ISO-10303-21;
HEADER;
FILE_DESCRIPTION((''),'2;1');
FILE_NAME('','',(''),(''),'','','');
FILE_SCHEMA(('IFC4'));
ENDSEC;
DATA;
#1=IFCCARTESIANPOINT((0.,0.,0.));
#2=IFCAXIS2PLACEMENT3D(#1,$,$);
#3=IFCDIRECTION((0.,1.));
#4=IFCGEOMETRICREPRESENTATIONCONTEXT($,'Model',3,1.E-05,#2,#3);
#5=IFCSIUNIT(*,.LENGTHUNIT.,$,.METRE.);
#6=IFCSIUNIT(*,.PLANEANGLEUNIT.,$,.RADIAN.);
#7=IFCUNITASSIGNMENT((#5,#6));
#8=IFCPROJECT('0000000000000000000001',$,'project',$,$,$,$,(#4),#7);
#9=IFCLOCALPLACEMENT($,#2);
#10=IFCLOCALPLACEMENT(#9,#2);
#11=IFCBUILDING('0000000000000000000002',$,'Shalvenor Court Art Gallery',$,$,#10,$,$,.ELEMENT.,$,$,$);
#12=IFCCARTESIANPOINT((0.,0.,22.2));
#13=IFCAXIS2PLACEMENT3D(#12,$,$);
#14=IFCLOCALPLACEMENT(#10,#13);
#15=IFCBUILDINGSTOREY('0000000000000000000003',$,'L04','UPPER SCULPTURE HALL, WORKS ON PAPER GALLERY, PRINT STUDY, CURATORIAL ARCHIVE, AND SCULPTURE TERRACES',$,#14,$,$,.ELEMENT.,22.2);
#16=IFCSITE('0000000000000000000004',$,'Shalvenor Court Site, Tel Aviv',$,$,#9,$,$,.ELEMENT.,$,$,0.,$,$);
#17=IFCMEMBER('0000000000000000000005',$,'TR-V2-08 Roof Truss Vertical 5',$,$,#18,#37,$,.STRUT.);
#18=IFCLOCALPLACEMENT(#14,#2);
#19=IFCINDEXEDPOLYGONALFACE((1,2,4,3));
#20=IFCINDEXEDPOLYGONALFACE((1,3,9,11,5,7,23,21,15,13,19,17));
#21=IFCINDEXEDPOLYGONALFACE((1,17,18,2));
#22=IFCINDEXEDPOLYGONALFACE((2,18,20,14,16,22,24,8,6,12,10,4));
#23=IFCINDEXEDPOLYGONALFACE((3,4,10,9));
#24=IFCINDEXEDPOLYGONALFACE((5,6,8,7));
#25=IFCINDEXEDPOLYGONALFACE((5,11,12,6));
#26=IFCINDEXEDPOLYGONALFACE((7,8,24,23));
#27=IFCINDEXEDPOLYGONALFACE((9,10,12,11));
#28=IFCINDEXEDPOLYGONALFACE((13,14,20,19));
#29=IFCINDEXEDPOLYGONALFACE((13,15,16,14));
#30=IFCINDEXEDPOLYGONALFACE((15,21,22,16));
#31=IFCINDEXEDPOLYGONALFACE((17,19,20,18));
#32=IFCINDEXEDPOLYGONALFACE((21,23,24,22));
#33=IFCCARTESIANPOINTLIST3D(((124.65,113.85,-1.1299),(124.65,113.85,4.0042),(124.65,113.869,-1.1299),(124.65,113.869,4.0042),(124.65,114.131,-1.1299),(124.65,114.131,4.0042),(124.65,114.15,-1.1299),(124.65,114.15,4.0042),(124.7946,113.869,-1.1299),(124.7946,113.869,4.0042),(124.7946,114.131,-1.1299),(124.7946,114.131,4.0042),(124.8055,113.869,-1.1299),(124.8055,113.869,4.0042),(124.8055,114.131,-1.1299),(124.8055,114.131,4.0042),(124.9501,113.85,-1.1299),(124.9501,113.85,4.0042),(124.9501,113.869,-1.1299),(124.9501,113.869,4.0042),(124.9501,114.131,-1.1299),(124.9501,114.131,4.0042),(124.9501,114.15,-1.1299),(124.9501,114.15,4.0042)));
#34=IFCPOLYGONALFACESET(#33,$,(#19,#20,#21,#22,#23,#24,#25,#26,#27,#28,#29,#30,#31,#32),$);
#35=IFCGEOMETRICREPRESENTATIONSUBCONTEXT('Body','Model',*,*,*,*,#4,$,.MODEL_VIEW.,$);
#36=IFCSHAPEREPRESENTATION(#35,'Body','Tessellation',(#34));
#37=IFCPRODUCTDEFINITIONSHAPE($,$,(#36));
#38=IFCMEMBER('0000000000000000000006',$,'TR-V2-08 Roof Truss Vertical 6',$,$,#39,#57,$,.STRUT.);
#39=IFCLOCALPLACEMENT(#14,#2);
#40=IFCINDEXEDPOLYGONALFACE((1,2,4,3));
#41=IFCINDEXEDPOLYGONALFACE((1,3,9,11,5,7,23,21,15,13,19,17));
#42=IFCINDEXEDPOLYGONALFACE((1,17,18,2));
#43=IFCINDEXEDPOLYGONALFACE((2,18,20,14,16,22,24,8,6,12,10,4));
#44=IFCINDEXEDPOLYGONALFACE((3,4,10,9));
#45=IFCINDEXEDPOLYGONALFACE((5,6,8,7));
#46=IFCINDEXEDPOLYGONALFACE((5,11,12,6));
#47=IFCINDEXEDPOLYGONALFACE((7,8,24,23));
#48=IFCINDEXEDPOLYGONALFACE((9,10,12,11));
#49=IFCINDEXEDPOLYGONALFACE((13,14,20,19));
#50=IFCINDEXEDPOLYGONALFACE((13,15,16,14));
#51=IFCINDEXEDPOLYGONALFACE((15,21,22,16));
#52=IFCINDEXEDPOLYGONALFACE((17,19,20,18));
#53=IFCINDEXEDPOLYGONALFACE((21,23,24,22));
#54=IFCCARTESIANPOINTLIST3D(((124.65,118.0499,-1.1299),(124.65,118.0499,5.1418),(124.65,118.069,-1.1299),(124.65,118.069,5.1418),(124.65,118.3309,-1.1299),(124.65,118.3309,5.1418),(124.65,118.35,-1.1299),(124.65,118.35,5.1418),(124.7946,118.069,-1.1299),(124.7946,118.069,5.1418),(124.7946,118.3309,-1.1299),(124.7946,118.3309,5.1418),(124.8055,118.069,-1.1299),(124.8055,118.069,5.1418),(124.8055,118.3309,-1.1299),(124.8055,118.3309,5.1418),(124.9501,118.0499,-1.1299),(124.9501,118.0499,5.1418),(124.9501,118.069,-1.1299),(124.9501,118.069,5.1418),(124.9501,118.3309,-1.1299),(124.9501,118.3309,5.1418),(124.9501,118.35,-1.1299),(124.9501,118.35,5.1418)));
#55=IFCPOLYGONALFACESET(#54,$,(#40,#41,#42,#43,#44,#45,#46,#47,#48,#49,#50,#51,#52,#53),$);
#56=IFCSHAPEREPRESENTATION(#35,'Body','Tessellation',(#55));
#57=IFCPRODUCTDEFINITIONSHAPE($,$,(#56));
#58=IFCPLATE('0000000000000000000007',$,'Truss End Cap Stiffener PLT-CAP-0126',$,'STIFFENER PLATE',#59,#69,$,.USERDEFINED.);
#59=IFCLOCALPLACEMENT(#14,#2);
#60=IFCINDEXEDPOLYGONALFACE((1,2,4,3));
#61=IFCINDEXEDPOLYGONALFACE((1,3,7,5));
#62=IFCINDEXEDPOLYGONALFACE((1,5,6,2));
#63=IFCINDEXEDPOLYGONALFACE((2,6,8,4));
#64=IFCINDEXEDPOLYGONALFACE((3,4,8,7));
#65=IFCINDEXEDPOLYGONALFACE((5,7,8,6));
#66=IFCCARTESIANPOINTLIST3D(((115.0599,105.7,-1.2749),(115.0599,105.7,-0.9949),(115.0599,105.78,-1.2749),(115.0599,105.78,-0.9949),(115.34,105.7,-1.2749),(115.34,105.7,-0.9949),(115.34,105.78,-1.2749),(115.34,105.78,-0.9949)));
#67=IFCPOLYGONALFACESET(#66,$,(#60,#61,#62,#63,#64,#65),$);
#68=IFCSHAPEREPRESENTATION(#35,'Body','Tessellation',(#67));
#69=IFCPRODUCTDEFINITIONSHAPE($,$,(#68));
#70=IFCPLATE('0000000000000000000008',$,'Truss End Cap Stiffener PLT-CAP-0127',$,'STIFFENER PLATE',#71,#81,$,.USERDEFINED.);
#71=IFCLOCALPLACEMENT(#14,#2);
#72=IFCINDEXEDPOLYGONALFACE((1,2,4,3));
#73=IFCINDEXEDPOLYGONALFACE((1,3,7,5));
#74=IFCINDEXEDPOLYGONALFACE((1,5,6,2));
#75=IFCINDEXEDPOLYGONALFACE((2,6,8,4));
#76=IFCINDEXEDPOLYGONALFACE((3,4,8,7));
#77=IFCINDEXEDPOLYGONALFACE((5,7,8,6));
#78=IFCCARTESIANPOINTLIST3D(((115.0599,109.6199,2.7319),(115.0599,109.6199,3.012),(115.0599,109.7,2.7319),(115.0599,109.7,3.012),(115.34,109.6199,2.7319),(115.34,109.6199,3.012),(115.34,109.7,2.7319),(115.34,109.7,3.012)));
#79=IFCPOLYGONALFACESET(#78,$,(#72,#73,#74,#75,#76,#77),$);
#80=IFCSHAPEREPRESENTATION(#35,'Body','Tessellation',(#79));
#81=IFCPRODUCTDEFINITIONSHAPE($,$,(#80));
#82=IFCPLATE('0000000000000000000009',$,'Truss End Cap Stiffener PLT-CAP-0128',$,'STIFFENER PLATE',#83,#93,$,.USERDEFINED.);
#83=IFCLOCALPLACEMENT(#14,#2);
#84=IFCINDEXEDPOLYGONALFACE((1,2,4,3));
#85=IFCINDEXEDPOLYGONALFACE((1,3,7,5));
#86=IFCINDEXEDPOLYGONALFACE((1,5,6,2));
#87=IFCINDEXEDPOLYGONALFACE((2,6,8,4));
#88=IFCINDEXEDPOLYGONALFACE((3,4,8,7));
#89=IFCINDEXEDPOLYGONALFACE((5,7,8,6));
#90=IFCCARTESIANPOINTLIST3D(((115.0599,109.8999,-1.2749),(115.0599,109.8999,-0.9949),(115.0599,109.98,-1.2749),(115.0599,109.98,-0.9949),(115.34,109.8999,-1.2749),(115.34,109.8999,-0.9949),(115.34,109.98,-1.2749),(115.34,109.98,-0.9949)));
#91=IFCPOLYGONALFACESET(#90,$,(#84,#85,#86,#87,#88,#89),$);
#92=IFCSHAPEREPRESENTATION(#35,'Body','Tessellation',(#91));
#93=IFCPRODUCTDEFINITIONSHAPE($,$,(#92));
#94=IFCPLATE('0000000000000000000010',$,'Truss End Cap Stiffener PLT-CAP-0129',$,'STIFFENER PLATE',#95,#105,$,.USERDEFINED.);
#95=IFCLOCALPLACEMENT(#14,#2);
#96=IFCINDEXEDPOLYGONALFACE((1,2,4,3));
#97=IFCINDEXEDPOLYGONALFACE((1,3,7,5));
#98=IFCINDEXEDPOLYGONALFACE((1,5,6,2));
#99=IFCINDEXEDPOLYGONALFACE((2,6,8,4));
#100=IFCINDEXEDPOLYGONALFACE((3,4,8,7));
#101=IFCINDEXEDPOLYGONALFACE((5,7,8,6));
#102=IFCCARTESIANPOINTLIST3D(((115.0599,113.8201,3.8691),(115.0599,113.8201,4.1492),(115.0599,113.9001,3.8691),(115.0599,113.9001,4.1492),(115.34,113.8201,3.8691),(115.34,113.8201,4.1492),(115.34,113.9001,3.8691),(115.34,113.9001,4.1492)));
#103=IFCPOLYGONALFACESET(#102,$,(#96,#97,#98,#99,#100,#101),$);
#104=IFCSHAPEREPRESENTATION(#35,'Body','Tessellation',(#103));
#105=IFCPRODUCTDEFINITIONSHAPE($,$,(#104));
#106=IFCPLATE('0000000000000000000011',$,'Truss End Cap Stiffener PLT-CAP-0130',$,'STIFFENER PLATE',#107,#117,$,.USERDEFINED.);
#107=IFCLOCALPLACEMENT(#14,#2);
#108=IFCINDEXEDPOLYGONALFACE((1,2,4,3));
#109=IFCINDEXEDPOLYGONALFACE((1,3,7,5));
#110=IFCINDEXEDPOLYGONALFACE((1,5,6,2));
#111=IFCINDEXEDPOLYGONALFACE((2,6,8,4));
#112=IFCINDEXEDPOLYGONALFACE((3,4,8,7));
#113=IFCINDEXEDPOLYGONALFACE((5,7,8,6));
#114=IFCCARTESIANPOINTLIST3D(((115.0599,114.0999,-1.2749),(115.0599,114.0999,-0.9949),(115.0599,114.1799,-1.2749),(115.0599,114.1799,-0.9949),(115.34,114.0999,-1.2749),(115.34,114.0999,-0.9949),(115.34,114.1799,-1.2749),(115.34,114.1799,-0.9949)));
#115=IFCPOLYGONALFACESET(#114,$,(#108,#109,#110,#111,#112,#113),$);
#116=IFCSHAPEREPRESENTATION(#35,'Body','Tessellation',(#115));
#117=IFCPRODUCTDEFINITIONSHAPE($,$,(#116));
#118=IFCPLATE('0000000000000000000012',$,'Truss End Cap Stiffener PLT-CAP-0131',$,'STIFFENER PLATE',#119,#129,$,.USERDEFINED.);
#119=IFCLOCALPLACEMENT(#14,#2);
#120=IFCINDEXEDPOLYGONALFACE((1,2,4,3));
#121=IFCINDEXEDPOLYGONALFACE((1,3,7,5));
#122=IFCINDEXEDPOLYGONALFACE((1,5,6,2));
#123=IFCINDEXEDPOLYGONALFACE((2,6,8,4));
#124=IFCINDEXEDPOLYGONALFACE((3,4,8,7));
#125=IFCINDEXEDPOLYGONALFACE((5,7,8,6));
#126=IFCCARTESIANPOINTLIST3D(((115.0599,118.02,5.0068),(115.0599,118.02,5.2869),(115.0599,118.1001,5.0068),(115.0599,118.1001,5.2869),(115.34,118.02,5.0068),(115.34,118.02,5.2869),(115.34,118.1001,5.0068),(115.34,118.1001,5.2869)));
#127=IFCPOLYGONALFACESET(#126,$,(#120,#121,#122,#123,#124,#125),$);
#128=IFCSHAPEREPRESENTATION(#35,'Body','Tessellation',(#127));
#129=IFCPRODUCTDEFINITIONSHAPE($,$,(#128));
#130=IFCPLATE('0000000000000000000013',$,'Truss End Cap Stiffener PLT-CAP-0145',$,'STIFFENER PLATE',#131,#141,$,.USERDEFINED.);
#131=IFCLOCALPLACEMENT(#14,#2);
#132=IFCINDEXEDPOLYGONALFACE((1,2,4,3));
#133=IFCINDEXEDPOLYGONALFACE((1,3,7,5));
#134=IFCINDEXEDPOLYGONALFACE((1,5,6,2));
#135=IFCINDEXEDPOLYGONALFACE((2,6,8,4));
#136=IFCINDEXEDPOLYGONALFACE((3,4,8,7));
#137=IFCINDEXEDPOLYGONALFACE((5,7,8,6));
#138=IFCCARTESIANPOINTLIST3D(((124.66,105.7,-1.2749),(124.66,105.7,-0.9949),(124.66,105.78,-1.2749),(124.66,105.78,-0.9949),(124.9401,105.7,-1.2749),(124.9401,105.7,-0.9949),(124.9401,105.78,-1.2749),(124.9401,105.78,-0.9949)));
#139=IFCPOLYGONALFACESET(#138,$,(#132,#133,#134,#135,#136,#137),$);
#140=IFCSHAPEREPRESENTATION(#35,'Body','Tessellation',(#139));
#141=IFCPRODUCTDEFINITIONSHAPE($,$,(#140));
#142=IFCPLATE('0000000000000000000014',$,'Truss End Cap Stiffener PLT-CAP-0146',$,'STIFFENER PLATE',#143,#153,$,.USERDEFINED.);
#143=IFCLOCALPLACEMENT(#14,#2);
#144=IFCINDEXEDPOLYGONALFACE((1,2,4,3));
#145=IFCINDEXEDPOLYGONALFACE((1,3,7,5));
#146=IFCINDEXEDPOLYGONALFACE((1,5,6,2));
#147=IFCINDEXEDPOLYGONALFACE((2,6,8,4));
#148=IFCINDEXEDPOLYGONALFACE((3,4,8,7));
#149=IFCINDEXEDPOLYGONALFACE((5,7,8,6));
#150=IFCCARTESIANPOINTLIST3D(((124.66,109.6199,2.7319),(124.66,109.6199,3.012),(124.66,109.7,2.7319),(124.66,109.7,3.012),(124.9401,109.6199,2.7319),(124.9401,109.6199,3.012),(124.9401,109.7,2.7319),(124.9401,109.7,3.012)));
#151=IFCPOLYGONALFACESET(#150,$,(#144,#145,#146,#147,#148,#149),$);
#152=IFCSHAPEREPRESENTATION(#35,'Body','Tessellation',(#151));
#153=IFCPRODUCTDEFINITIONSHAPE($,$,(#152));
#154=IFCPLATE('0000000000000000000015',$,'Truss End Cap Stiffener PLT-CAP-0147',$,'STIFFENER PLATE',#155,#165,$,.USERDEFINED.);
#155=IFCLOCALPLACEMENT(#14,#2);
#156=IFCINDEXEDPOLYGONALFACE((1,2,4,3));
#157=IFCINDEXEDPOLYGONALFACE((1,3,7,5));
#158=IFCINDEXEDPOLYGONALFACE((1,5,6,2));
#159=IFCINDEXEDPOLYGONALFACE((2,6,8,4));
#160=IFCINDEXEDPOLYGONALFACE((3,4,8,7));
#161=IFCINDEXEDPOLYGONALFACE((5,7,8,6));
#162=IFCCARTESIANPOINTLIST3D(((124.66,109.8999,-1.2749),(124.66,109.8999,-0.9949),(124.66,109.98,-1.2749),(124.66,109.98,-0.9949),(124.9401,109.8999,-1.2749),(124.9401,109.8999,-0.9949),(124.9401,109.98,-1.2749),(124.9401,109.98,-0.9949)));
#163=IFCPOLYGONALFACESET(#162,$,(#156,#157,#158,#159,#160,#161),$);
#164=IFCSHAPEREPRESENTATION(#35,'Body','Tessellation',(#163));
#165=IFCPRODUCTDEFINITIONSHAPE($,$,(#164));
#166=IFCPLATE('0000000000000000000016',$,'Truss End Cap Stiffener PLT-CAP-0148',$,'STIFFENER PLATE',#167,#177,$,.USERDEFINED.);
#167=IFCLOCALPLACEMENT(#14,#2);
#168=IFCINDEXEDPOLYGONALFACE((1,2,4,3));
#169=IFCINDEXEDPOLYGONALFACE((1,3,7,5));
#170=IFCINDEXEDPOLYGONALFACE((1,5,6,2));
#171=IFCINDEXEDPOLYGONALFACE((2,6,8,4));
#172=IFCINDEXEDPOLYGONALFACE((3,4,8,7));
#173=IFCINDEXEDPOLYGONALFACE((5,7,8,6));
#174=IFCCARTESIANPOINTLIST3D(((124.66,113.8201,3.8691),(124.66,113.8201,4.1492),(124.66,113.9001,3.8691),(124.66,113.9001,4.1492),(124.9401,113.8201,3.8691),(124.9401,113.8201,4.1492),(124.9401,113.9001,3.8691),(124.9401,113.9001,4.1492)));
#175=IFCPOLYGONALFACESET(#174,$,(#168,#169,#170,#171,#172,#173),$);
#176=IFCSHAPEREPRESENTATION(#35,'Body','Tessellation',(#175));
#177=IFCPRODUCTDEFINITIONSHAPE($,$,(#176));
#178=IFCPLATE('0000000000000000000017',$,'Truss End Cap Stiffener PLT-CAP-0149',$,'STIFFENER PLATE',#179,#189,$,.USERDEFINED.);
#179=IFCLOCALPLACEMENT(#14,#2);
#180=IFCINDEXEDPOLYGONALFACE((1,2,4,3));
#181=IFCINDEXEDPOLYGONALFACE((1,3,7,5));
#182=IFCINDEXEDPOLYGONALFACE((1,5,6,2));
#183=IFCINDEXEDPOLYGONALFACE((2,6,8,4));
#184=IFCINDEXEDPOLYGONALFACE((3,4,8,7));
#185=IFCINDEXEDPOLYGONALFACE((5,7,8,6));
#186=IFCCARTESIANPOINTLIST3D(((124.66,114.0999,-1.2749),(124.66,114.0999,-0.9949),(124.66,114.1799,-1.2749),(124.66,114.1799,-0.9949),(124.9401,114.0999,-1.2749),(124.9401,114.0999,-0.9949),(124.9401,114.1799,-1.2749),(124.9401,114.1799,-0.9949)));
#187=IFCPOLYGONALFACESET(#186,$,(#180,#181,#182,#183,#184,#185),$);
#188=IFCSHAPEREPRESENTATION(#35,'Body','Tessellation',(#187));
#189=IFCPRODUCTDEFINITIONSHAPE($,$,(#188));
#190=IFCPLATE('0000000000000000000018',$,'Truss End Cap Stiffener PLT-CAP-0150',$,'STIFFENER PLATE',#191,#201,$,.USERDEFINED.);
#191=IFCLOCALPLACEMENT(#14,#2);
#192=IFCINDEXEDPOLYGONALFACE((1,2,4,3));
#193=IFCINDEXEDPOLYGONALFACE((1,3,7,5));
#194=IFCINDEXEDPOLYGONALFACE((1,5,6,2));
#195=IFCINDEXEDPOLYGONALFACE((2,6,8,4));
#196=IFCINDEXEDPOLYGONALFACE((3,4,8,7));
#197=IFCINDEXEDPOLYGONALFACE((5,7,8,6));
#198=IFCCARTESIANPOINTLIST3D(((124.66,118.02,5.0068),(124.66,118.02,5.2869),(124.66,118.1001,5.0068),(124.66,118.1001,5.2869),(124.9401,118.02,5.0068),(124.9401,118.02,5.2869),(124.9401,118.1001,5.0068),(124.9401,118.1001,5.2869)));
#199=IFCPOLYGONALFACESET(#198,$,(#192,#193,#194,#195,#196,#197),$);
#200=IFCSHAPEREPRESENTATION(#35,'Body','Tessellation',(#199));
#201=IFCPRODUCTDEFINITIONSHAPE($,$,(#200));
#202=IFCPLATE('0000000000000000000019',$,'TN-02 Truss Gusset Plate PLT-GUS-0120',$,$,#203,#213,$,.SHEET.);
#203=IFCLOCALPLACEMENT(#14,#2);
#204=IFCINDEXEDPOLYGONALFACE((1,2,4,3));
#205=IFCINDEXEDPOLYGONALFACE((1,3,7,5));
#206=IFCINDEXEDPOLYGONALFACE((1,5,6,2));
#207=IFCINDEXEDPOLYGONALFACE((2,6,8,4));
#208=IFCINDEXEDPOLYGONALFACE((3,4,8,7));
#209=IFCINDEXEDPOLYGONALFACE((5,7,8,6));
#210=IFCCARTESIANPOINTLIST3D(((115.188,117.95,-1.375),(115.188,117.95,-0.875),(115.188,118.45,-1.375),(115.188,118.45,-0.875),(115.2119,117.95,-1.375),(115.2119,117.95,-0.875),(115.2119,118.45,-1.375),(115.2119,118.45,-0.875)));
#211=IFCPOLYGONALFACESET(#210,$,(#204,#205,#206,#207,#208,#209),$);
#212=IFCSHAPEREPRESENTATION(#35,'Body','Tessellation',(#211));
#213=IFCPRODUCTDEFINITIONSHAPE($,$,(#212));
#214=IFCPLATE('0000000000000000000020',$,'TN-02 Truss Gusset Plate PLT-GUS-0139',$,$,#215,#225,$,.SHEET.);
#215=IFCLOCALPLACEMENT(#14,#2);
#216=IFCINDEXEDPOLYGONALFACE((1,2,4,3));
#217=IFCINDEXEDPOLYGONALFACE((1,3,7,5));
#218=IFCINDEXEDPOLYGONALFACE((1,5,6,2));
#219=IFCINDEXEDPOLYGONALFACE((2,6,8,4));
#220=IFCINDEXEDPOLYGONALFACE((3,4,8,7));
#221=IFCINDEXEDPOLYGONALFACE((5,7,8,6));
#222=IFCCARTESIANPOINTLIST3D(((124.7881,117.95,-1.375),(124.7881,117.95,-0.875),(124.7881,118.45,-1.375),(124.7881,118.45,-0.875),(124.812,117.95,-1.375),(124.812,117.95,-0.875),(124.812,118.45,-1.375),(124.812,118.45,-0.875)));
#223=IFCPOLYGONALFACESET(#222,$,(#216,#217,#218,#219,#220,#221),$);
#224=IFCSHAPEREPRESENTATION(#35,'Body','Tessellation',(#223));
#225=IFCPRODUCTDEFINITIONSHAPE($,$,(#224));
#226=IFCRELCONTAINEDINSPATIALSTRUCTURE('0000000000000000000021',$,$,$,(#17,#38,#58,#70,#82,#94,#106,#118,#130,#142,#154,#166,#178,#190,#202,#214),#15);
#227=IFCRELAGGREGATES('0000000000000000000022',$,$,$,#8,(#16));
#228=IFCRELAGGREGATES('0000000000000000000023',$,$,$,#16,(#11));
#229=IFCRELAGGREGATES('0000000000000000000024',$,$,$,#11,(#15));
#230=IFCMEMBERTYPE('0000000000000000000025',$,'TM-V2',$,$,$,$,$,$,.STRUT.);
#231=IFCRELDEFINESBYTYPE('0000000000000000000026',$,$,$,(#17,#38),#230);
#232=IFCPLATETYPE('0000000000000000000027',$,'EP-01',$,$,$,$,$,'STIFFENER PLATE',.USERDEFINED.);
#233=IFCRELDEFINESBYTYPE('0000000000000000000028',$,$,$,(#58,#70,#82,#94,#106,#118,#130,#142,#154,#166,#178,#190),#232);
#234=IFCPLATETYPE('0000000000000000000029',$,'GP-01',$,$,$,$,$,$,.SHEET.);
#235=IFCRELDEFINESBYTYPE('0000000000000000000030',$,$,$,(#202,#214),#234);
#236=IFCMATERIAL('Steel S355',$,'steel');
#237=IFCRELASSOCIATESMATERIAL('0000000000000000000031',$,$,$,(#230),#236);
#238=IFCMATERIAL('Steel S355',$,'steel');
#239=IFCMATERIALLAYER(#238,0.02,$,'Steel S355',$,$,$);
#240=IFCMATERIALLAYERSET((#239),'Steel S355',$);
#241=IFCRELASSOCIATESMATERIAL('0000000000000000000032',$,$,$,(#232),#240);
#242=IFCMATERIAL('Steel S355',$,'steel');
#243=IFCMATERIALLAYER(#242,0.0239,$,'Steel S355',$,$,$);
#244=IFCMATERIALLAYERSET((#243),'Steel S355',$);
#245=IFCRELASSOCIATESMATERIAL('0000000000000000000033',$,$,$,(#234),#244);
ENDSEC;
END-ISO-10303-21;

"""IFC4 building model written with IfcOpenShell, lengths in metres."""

from ifc_helpers import new_model, si_unit, direction, frame, origin, origin_2d, place, context, subcontext, project, spatial, rectangle, i_section, extrude, material, layer, layer_set, material_profile, profile_set, type_object, element, save


model = new_model("IFC4")

# Units and contexts
model_context = context("Model", 3, precision=1e-05, world=origin(), true_north=direction((0.0, 1.0)))
body_context = subcontext(model_context, "Body", "Model", "MODEL_VIEW")
ifc_project = project(units=[si_unit("LENGTHUNIT", "METRE"), si_unit("PLANEANGLEUNIT", "RADIAN")], contexts=[model_context])

# Site, building, storey
site_placement = place(None, origin())
site = spatial("IfcSite", under=ifc_project, at=site_placement, Name="Shalvenor Court Site, Tel Aviv", CompositionType="ELEMENT", RefElevation=0.0)
building_placement = place(site_placement, origin())
building = spatial("IfcBuilding", under=site, at=building_placement, Name="Shalvenor Court Art Gallery", CompositionType="ELEMENT")
storey_placement = place(building_placement, frame((0.0, 0.0, 22.2)))
storey = spatial("IfcBuildingStorey", under=building, at=storey_placement, Name="L04", Description="UPPER SCULPTURE HALL, WORKS ON PAPER GALLERY, PRINT STUDY, CURATORIAL ARCHIVE, AND SCULPTURE TERRACES", CompositionType="ELEMENT", Elevation=22.2)

# Members
ifc_material_1 = material(Name="Steel S355", Category="steel")
ifc_material_profile_1 = material_profile(ifc_material_1, i_section(OverallWidth=0.3, OverallDepth=0.3, WebThickness=0.011, FlangeThickness=0.019, at=origin_2d()), Name="HEB 300")
ifc_profile_set_1 = profile_set([ifc_material_profile_1], Name="Steel S355")
member_type_1 = type_object("IfcMemberType", Name="TM-V2", PredefinedType="STRUT", material=ifc_profile_set_1)
member_1_placement = place(storey_placement, frame((124.8, 114.0, -1.1299), z_axis=(0.0, 0.0, 1.0), x_axis=(1.0, 0.0, 0.0)))
element("IfcMember", 1, at=member_1_placement, inside=storey, type_object=member_type_1, Name="TR-V2-08 Roof Truss Vertical 5", PredefinedType="STRUT", context=body_context, shape_type="SweptSolid", body=[
    extrude(i_section(OverallWidth=0.3, OverallDepth=0.3, WebThickness=0.011, FlangeThickness=0.019, at=origin_2d()), origin(), (0.0, 0.0, 1.0), 5.134),
])
member_2_placement = place(storey_placement, frame((124.8, 118.2, -1.1299), z_axis=(0.0, 0.0, 1.0), x_axis=(1.0, 0.0, 0.0)))
element("IfcMember", 2, at=member_2_placement, inside=storey, type_object=member_type_1, Name="TR-V2-08 Roof Truss Vertical 6", PredefinedType="STRUT", context=body_context, shape_type="SweptSolid", body=[
    extrude(i_section(OverallWidth=0.3, OverallDepth=0.3, WebThickness=0.011, FlangeThickness=0.019, at=origin_2d()), origin(), (0.0, 0.0, 1.0), 6.2717),
])

# Plates
ifc_material_2 = material(Name="Steel S355", Category="steel")
ifc_layer_1 = layer(ifc_material_2, 0.02, Name="Steel S355")
ifc_layer_set_1 = layer_set([ifc_layer_1], Name="Steel S355")
plate_type_1 = type_object("IfcPlateType", Name="EP-01", ElementType="STIFFENER PLATE", PredefinedType="USERDEFINED", material=ifc_layer_set_1)
for number, where, z_axis, x_axis, name in (
    (3, (115.2, 105.74, -1.2749), (0.0, 0.0, 1.0), (1.0, 0.0, 0.0), "Truss End Cap Stiffener PLT-CAP-0126"),
    (4, (115.2, 109.6599, 2.7319), (0.0, 0.0, 1.0), (1.0, 0.0, 0.0), "Truss End Cap Stiffener PLT-CAP-0127"),
    (5, (115.2, 109.9399, -1.2749), (0.0, 0.0, 1.0), (1.0, 0.0, 0.0), "Truss End Cap Stiffener PLT-CAP-0128"),
    (6, (115.2, 113.8601, 3.8691), (0.0, 0.0, 1.0), (1.0, 0.0, 0.0), "Truss End Cap Stiffener PLT-CAP-0129"),
    (7, (115.2, 114.1399, -1.2749), (0.0, 0.0, 1.0), (1.0, 0.0, 0.0), "Truss End Cap Stiffener PLT-CAP-0130"),
    (8, (115.2, 118.0601, 5.0068), (0.0, 0.0, 1.0), (1.0, 0.0, 0.0), "Truss End Cap Stiffener PLT-CAP-0131"),
    (9, (124.8, 105.74, -1.2749), (0.0, 0.0, 1.0), (1.0, 0.0, 0.0), "Truss End Cap Stiffener PLT-CAP-0145"),
    (10, (124.8, 109.6599, 2.7319), (0.0, 0.0, 1.0), (1.0, 0.0, 0.0), "Truss End Cap Stiffener PLT-CAP-0146"),
    (11, (124.8, 109.9399, -1.2749), (0.0, 0.0, 1.0), (1.0, 0.0, 0.0), "Truss End Cap Stiffener PLT-CAP-0147"),
    (12, (124.8, 113.8601, 3.8691), (0.0, 0.0, 1.0), (1.0, 0.0, 0.0), "Truss End Cap Stiffener PLT-CAP-0148"),
    (13, (124.8, 114.1399, -1.2749), (0.0, 0.0, 1.0), (1.0, 0.0, 0.0), "Truss End Cap Stiffener PLT-CAP-0149"),
    (14, (124.8, 118.0601, 5.0068), (0.0, 0.0, 1.0), (1.0, 0.0, 0.0), "Truss End Cap Stiffener PLT-CAP-0150"),
):
    element("IfcPlate", number, at=place(storey_placement, frame(where, z_axis=z_axis, x_axis=x_axis)), inside=storey, type_object=plate_type_1, Name=name, ObjectType="STIFFENER PLATE", PredefinedType="USERDEFINED", context=body_context, shape_type="SweptSolid", body=[
        extrude(rectangle(XDim=0.28, YDim=0.0801, at=origin_2d()), origin(), (0.0, 0.0, 1.0), 0.28),
    ])
ifc_material_3 = material(Name="Steel S355", Category="steel")
ifc_layer_2 = layer(ifc_material_3, 0.0239, Name="Steel S355")
ifc_layer_set_2 = layer_set([ifc_layer_2], Name="Steel S355")
plate_type_2 = type_object("IfcPlateType", Name="GP-01", PredefinedType="SHEET", material=ifc_layer_set_2)
for number, where, z_axis, x_axis, name in (
    (15, (115.2, 118.2, -1.375), (0.0, 0.0, 1.0), (0.0, 1.0, 0.0), "TN-02 Truss Gusset Plate PLT-GUS-0120"),
    (16, (124.8, 118.2, -1.375), (0.0, 0.0, 1.0), (0.0, 1.0, 0.0), "TN-02 Truss Gusset Plate PLT-GUS-0139"),
):
    element("IfcPlate", number, at=place(storey_placement, frame(where, z_axis=z_axis, x_axis=x_axis)), inside=storey, type_object=plate_type_2, Name=name, PredefinedType="SHEET", context=body_context, shape_type="SweptSolid", body=[
        extrude(rectangle(XDim=0.5, YDim=0.0239, at=origin_2d()), origin(), (0.0, 0.0, 1.0), 0.5),
    ])

save(model, "model.ifc")
